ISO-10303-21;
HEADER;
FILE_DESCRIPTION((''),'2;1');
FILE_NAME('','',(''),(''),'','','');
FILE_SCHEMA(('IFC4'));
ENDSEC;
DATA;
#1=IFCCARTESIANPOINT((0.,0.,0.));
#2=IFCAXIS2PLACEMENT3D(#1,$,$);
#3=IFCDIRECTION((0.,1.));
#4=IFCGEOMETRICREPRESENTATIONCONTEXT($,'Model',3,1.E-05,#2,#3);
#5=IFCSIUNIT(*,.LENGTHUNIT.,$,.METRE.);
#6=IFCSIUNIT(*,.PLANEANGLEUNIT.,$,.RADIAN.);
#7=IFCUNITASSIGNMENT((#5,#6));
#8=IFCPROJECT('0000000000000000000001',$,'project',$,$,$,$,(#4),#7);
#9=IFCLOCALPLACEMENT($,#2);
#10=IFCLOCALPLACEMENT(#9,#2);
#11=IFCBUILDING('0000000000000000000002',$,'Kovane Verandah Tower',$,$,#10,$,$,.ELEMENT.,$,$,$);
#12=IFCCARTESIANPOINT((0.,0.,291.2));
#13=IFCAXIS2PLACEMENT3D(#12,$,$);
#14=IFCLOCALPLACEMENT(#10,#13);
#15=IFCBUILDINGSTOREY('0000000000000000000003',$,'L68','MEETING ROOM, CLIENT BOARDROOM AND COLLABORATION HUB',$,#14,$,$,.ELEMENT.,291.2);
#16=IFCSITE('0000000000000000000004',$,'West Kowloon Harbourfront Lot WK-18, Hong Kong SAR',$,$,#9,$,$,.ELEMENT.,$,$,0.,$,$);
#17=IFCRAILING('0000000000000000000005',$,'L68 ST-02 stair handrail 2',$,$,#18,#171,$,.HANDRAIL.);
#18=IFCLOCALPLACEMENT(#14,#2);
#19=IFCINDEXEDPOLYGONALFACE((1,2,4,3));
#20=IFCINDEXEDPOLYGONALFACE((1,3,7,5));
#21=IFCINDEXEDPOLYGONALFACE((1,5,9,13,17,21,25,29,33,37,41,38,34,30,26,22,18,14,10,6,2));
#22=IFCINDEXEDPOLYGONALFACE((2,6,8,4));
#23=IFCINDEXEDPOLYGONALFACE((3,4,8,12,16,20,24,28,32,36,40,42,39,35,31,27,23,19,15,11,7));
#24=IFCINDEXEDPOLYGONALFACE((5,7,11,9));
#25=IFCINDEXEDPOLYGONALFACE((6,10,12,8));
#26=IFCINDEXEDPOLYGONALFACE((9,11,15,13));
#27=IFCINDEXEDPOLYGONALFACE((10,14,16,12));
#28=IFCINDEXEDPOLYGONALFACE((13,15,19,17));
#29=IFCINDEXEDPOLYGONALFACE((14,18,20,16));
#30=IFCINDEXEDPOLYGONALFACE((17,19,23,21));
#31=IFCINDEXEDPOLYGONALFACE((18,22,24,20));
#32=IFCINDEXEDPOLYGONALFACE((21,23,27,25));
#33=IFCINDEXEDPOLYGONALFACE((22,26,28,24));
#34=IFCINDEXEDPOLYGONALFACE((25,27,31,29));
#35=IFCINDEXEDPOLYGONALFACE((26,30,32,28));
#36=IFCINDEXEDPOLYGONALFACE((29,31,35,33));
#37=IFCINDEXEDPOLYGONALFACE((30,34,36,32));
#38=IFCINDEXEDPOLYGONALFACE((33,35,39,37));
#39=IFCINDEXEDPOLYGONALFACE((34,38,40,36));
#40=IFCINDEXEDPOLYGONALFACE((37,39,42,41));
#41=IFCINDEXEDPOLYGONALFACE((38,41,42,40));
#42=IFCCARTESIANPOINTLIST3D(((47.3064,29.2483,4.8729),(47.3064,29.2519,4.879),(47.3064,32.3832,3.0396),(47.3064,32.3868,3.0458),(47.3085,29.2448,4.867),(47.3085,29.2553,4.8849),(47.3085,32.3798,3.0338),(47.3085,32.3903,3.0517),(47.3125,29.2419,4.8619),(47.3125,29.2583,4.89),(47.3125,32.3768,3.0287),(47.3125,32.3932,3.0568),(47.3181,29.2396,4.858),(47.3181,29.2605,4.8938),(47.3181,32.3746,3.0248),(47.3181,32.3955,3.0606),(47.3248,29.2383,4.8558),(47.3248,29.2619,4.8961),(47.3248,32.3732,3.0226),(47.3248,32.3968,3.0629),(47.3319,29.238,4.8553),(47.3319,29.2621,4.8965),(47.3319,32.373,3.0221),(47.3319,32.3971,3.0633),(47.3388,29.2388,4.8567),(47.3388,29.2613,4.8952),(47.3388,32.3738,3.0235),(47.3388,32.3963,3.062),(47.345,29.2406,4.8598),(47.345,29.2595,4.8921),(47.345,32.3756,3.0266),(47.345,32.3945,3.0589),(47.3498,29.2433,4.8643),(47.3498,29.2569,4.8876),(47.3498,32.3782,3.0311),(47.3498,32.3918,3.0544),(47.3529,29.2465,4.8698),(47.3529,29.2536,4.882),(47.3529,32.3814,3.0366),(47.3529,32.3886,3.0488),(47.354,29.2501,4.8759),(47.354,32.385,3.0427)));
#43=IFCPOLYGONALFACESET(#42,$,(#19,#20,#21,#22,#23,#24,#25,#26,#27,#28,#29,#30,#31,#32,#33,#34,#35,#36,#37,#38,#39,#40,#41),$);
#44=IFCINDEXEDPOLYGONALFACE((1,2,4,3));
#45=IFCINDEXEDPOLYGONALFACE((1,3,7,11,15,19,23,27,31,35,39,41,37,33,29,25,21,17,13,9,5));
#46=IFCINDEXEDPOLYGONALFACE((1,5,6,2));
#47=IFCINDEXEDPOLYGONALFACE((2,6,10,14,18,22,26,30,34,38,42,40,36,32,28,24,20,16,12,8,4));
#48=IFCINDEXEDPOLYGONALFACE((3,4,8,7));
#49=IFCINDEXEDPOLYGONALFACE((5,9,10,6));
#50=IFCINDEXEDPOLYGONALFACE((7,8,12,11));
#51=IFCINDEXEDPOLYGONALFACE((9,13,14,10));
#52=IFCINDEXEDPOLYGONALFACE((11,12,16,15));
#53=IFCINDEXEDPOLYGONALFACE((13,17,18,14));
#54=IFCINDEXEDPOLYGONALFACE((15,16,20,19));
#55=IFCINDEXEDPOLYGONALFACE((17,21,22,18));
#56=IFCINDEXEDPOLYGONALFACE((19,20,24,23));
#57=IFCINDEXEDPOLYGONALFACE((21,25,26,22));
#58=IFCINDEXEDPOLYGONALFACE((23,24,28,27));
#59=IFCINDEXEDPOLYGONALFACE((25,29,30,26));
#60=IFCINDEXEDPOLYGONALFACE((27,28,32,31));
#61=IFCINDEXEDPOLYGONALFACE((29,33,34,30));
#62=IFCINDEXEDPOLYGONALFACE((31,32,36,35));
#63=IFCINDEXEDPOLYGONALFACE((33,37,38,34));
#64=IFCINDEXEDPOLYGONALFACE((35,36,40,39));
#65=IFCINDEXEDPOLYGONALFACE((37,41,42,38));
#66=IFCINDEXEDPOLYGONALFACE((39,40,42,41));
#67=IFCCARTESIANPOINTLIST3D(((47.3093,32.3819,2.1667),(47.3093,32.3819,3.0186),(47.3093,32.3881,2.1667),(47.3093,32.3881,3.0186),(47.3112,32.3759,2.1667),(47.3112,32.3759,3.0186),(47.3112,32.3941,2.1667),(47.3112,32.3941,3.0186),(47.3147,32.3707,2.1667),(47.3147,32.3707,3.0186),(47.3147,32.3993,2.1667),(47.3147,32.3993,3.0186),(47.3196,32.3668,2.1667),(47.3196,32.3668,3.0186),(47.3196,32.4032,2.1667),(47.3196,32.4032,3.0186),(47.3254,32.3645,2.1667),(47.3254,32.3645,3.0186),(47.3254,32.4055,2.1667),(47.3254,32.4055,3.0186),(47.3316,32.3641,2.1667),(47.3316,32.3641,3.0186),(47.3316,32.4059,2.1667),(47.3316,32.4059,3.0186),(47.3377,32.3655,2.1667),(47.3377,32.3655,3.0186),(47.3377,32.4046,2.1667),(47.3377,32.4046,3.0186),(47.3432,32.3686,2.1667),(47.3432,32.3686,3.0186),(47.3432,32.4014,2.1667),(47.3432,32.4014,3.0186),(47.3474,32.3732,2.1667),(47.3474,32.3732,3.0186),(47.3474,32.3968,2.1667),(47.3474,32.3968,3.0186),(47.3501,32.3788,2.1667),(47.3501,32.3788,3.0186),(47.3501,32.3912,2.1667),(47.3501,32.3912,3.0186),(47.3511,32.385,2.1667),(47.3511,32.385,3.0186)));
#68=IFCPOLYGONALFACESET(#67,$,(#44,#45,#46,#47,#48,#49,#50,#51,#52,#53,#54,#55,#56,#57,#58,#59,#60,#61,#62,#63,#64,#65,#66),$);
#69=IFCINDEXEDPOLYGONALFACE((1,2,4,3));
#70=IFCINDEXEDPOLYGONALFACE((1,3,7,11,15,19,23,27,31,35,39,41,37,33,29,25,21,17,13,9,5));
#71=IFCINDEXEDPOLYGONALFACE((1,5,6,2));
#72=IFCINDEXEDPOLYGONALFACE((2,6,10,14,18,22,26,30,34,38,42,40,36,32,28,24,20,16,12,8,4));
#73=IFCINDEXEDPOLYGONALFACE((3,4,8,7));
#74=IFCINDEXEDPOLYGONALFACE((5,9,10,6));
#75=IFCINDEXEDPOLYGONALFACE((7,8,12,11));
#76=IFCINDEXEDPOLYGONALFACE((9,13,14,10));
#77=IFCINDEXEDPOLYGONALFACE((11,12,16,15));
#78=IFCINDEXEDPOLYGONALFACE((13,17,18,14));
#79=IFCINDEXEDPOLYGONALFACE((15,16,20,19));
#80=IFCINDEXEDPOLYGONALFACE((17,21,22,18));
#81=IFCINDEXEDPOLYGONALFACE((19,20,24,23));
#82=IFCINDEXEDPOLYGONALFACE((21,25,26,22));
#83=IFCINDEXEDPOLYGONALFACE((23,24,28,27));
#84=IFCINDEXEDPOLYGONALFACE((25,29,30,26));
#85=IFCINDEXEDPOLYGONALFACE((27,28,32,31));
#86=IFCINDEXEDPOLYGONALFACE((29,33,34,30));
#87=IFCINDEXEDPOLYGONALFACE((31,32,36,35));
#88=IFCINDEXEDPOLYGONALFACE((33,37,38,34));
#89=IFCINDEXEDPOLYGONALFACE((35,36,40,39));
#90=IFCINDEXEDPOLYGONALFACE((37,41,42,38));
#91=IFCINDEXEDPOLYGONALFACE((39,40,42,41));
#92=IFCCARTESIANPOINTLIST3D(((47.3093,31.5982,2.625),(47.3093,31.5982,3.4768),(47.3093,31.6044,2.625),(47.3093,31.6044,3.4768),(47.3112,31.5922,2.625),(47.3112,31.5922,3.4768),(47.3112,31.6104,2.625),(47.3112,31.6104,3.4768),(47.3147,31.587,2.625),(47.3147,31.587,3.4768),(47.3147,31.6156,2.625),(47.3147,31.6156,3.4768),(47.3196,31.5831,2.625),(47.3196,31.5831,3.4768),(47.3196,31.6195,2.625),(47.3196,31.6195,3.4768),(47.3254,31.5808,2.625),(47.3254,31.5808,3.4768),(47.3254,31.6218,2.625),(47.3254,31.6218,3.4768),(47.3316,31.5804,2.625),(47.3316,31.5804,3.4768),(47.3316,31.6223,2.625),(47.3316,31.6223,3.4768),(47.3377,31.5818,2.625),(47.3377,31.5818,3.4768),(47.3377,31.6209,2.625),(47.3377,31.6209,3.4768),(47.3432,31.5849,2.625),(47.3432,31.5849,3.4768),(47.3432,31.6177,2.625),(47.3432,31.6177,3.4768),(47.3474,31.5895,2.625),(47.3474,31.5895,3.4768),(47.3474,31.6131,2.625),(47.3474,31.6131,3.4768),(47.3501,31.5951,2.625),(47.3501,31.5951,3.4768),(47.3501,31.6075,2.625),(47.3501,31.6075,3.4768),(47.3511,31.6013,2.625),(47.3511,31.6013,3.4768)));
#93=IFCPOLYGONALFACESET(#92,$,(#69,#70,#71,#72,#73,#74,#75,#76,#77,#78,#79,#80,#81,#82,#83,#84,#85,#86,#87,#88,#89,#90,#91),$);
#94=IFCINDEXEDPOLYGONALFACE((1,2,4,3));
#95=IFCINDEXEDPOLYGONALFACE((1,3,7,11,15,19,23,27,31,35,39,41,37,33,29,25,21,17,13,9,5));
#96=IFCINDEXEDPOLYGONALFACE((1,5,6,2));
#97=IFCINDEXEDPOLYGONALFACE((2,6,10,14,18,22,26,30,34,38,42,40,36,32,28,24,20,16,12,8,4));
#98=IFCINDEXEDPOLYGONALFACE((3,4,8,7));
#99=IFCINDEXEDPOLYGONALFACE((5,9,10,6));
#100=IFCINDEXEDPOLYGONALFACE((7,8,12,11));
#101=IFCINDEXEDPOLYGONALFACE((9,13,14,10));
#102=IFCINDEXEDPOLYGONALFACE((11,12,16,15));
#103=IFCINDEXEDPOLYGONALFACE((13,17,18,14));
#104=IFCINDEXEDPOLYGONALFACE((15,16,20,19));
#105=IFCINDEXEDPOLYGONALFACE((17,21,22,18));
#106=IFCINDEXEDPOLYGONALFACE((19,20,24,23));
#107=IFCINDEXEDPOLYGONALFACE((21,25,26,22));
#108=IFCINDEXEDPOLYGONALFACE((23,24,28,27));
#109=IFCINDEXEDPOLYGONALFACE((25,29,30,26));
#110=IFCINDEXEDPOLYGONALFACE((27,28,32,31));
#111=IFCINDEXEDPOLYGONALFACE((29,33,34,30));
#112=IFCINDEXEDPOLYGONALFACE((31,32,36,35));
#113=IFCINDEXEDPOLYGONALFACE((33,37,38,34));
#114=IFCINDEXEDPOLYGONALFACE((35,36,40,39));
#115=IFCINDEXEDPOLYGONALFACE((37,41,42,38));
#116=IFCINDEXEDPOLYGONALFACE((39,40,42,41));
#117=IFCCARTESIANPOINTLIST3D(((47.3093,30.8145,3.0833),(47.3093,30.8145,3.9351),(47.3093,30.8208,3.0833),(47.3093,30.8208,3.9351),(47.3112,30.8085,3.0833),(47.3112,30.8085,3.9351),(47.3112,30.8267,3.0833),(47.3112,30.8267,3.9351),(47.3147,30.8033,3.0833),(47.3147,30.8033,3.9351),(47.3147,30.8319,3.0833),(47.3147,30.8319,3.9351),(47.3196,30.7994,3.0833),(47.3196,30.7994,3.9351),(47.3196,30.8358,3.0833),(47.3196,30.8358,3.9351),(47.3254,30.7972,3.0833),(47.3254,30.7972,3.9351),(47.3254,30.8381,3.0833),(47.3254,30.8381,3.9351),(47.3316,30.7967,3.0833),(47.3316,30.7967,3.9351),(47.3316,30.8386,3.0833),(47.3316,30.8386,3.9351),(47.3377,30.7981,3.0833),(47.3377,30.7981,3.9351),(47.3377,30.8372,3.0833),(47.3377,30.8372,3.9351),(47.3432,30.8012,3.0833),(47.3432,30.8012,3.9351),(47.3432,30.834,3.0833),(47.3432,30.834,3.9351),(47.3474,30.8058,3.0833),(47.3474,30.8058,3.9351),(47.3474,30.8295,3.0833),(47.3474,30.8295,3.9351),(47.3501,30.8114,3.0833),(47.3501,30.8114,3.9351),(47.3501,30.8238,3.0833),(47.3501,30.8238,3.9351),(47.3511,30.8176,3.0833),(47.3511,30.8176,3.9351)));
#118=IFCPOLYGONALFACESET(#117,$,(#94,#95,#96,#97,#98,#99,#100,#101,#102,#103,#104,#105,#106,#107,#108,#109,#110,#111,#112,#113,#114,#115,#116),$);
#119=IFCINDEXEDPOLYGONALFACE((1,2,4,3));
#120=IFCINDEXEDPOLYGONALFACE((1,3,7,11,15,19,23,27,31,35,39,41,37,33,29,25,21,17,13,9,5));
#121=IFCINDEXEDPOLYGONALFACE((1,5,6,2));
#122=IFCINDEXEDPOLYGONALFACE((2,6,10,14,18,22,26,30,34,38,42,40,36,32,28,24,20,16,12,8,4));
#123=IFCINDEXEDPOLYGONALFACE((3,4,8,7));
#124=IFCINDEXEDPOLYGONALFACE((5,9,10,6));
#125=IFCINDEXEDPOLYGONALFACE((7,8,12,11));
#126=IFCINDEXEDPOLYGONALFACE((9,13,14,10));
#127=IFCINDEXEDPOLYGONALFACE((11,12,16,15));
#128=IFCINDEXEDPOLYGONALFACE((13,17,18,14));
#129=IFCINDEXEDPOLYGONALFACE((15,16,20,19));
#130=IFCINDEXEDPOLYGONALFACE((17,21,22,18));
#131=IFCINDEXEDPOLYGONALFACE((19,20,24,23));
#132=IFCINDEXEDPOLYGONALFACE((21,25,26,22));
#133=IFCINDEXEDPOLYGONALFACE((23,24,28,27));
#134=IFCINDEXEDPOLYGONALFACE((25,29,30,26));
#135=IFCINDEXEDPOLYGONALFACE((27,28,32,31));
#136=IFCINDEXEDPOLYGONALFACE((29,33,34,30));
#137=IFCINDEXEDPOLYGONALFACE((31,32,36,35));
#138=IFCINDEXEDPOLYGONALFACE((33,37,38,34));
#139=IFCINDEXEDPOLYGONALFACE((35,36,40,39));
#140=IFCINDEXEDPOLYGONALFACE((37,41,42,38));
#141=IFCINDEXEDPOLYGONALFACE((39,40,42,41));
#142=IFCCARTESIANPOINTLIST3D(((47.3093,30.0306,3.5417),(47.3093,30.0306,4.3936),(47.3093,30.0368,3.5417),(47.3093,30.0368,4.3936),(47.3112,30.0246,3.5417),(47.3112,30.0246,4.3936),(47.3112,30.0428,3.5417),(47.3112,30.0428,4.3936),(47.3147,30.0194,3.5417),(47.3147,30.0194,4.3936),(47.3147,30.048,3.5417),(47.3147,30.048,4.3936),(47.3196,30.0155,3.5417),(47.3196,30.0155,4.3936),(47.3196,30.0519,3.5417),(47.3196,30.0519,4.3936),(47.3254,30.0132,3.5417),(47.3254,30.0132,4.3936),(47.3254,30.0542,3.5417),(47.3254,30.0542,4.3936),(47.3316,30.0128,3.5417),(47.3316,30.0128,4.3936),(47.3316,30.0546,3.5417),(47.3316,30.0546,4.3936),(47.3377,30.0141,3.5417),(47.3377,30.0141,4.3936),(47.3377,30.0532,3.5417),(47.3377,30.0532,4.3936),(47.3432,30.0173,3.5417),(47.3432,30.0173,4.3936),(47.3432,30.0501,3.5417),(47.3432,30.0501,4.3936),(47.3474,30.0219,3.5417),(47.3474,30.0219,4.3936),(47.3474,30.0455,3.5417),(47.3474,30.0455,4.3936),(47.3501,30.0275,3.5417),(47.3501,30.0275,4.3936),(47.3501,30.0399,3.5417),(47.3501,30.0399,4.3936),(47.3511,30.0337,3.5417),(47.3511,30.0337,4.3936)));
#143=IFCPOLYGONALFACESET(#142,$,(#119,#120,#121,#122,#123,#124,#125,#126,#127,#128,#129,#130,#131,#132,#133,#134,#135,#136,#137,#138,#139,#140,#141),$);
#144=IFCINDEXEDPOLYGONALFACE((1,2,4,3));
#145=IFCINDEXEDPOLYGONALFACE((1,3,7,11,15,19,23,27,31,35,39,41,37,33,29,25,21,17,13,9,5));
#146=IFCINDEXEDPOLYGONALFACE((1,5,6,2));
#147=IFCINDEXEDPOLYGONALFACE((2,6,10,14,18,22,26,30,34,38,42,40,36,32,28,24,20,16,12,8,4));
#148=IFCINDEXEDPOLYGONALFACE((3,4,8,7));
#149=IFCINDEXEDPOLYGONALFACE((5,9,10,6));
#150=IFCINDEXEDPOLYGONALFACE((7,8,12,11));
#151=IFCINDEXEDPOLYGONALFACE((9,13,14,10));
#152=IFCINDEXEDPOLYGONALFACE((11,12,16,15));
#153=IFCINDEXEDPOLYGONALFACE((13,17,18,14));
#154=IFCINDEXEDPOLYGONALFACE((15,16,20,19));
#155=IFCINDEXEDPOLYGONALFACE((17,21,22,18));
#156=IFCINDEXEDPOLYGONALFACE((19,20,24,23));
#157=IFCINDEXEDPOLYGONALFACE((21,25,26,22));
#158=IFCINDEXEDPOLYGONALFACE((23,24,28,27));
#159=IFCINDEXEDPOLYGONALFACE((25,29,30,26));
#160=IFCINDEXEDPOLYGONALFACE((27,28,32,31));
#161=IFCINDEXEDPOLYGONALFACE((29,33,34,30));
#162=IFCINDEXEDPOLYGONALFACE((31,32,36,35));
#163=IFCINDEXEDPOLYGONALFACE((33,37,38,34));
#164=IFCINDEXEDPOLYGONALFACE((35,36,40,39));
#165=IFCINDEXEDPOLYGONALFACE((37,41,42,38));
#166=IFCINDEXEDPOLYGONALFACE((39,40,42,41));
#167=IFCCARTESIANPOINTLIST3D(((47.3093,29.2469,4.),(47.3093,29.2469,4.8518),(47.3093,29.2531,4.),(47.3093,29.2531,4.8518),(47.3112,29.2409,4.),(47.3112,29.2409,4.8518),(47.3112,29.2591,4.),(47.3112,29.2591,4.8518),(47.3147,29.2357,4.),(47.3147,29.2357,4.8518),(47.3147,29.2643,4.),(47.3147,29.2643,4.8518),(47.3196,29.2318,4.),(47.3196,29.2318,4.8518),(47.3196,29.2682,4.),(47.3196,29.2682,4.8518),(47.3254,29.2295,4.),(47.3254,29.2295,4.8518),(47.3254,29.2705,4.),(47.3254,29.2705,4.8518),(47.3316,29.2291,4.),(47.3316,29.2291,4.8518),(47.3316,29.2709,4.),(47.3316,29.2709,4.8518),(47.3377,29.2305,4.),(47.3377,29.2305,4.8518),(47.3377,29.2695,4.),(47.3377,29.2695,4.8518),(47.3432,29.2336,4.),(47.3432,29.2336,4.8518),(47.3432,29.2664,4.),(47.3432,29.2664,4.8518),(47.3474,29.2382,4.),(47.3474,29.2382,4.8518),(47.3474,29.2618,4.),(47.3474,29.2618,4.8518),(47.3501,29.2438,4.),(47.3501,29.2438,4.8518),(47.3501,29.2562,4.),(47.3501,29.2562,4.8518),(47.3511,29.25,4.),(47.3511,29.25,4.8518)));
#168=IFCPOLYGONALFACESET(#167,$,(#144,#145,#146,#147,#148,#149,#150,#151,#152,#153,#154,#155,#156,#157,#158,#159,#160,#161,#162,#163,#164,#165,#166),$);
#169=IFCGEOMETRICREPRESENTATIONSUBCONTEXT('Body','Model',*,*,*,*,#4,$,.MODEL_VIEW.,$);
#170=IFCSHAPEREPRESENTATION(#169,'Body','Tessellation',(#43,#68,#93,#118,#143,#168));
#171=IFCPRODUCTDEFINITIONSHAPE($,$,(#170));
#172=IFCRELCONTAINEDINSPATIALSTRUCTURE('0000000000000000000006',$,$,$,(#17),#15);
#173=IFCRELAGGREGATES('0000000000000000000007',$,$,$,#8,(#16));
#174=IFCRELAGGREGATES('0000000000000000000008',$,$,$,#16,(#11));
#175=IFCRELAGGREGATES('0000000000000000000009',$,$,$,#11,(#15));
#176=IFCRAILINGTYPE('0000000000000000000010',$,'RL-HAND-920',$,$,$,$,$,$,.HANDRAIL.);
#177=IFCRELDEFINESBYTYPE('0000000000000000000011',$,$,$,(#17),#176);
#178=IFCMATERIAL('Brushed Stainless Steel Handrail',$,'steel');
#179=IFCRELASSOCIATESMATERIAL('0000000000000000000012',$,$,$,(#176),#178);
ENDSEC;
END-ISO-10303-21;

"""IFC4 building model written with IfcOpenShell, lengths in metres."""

from ifc_helpers import new_model, si_unit, direction, frame, origin, origin_2d, place, context, subcontext, project, spatial, circle, extrude, material, type_object, element, save


model = new_model("IFC4")

# Units and contexts
model_context = context("Model", 3, precision=1e-05, world=origin(), true_north=direction((0.0, 1.0)))
body_context = subcontext(model_context, "Body", "Model", "MODEL_VIEW")
ifc_project = project(units=[si_unit("LENGTHUNIT", "METRE"), si_unit("PLANEANGLEUNIT", "RADIAN")], contexts=[model_context])

# Site, building, storey
site_placement = place(None, origin())
site = spatial("IfcSite", under=ifc_project, at=site_placement, Name="West Kowloon Harbourfront Lot WK-18, Hong Kong SAR", CompositionType="ELEMENT", RefElevation=0.0)
building_placement = place(site_placement, origin())
building = spatial("IfcBuilding", under=site, at=building_placement, Name="Kovane Verandah Tower", CompositionType="ELEMENT")
storey_placement = place(building_placement, frame((0.0, 0.0, 291.2)))
storey = spatial("IfcBuildingStorey", under=building, at=storey_placement, Name="L68", Description="MEETING ROOM, CLIENT BOARDROOM AND COLLABORATION HUB", CompositionType="ELEMENT", Elevation=291.2)

# Railing
ifc_material_1 = material(Name="Brushed Stainless Steel Handrail", Category="steel")
railing_type_1 = type_object("IfcRailingType", Name="RL-HAND-920", PredefinedType="HANDRAIL", material=ifc_material_1)
railing_1_placement = place(storey_placement, frame((47.3301, 32.385, 2.1667)))
element("IfcRailing", 1, at=railing_1_placement, inside=storey, type_object=railing_type_1, Name="L68 ST-02 stair handrail 2", PredefinedType="HANDRAIL", context=body_context, shape_type="SweptSolid", body=[
    extrude(circle(Radius=0.0239, at=origin_2d()), frame((0.0, 0.0, 0.876), z_axis=(0.0, -0.86324, 0.504794), x_axis=(1.0, 0.0, 0.0)), (0.0, 0.0, 1.0), 3.6316),
    extrude(circle(Radius=0.021, at=origin_2d()), origin(), (0.0, 0.0, 1.0), 0.8518),
    extrude(circle(Radius=0.021, at=origin_2d()), frame((0.0, -0.7837, 0.4583)), (0.0, 0.0, 1.0), 0.8518),
    extrude(circle(Radius=0.021, at=origin_2d()), frame((0.0, -1.5674, 0.9165)), (0.0, 0.0, 1.0), 0.8518),
    extrude(circle(Radius=0.021, at=origin_2d()), frame((0.0, -2.3513, 1.375)), (0.0, 0.0, 1.0), 0.8518),
    extrude(circle(Radius=0.021, at=origin_2d()), frame((0.0, -3.135, 1.8333)), (0.0, 0.0, 1.0), 0.8518),
])

save(model, "model.ifc")
